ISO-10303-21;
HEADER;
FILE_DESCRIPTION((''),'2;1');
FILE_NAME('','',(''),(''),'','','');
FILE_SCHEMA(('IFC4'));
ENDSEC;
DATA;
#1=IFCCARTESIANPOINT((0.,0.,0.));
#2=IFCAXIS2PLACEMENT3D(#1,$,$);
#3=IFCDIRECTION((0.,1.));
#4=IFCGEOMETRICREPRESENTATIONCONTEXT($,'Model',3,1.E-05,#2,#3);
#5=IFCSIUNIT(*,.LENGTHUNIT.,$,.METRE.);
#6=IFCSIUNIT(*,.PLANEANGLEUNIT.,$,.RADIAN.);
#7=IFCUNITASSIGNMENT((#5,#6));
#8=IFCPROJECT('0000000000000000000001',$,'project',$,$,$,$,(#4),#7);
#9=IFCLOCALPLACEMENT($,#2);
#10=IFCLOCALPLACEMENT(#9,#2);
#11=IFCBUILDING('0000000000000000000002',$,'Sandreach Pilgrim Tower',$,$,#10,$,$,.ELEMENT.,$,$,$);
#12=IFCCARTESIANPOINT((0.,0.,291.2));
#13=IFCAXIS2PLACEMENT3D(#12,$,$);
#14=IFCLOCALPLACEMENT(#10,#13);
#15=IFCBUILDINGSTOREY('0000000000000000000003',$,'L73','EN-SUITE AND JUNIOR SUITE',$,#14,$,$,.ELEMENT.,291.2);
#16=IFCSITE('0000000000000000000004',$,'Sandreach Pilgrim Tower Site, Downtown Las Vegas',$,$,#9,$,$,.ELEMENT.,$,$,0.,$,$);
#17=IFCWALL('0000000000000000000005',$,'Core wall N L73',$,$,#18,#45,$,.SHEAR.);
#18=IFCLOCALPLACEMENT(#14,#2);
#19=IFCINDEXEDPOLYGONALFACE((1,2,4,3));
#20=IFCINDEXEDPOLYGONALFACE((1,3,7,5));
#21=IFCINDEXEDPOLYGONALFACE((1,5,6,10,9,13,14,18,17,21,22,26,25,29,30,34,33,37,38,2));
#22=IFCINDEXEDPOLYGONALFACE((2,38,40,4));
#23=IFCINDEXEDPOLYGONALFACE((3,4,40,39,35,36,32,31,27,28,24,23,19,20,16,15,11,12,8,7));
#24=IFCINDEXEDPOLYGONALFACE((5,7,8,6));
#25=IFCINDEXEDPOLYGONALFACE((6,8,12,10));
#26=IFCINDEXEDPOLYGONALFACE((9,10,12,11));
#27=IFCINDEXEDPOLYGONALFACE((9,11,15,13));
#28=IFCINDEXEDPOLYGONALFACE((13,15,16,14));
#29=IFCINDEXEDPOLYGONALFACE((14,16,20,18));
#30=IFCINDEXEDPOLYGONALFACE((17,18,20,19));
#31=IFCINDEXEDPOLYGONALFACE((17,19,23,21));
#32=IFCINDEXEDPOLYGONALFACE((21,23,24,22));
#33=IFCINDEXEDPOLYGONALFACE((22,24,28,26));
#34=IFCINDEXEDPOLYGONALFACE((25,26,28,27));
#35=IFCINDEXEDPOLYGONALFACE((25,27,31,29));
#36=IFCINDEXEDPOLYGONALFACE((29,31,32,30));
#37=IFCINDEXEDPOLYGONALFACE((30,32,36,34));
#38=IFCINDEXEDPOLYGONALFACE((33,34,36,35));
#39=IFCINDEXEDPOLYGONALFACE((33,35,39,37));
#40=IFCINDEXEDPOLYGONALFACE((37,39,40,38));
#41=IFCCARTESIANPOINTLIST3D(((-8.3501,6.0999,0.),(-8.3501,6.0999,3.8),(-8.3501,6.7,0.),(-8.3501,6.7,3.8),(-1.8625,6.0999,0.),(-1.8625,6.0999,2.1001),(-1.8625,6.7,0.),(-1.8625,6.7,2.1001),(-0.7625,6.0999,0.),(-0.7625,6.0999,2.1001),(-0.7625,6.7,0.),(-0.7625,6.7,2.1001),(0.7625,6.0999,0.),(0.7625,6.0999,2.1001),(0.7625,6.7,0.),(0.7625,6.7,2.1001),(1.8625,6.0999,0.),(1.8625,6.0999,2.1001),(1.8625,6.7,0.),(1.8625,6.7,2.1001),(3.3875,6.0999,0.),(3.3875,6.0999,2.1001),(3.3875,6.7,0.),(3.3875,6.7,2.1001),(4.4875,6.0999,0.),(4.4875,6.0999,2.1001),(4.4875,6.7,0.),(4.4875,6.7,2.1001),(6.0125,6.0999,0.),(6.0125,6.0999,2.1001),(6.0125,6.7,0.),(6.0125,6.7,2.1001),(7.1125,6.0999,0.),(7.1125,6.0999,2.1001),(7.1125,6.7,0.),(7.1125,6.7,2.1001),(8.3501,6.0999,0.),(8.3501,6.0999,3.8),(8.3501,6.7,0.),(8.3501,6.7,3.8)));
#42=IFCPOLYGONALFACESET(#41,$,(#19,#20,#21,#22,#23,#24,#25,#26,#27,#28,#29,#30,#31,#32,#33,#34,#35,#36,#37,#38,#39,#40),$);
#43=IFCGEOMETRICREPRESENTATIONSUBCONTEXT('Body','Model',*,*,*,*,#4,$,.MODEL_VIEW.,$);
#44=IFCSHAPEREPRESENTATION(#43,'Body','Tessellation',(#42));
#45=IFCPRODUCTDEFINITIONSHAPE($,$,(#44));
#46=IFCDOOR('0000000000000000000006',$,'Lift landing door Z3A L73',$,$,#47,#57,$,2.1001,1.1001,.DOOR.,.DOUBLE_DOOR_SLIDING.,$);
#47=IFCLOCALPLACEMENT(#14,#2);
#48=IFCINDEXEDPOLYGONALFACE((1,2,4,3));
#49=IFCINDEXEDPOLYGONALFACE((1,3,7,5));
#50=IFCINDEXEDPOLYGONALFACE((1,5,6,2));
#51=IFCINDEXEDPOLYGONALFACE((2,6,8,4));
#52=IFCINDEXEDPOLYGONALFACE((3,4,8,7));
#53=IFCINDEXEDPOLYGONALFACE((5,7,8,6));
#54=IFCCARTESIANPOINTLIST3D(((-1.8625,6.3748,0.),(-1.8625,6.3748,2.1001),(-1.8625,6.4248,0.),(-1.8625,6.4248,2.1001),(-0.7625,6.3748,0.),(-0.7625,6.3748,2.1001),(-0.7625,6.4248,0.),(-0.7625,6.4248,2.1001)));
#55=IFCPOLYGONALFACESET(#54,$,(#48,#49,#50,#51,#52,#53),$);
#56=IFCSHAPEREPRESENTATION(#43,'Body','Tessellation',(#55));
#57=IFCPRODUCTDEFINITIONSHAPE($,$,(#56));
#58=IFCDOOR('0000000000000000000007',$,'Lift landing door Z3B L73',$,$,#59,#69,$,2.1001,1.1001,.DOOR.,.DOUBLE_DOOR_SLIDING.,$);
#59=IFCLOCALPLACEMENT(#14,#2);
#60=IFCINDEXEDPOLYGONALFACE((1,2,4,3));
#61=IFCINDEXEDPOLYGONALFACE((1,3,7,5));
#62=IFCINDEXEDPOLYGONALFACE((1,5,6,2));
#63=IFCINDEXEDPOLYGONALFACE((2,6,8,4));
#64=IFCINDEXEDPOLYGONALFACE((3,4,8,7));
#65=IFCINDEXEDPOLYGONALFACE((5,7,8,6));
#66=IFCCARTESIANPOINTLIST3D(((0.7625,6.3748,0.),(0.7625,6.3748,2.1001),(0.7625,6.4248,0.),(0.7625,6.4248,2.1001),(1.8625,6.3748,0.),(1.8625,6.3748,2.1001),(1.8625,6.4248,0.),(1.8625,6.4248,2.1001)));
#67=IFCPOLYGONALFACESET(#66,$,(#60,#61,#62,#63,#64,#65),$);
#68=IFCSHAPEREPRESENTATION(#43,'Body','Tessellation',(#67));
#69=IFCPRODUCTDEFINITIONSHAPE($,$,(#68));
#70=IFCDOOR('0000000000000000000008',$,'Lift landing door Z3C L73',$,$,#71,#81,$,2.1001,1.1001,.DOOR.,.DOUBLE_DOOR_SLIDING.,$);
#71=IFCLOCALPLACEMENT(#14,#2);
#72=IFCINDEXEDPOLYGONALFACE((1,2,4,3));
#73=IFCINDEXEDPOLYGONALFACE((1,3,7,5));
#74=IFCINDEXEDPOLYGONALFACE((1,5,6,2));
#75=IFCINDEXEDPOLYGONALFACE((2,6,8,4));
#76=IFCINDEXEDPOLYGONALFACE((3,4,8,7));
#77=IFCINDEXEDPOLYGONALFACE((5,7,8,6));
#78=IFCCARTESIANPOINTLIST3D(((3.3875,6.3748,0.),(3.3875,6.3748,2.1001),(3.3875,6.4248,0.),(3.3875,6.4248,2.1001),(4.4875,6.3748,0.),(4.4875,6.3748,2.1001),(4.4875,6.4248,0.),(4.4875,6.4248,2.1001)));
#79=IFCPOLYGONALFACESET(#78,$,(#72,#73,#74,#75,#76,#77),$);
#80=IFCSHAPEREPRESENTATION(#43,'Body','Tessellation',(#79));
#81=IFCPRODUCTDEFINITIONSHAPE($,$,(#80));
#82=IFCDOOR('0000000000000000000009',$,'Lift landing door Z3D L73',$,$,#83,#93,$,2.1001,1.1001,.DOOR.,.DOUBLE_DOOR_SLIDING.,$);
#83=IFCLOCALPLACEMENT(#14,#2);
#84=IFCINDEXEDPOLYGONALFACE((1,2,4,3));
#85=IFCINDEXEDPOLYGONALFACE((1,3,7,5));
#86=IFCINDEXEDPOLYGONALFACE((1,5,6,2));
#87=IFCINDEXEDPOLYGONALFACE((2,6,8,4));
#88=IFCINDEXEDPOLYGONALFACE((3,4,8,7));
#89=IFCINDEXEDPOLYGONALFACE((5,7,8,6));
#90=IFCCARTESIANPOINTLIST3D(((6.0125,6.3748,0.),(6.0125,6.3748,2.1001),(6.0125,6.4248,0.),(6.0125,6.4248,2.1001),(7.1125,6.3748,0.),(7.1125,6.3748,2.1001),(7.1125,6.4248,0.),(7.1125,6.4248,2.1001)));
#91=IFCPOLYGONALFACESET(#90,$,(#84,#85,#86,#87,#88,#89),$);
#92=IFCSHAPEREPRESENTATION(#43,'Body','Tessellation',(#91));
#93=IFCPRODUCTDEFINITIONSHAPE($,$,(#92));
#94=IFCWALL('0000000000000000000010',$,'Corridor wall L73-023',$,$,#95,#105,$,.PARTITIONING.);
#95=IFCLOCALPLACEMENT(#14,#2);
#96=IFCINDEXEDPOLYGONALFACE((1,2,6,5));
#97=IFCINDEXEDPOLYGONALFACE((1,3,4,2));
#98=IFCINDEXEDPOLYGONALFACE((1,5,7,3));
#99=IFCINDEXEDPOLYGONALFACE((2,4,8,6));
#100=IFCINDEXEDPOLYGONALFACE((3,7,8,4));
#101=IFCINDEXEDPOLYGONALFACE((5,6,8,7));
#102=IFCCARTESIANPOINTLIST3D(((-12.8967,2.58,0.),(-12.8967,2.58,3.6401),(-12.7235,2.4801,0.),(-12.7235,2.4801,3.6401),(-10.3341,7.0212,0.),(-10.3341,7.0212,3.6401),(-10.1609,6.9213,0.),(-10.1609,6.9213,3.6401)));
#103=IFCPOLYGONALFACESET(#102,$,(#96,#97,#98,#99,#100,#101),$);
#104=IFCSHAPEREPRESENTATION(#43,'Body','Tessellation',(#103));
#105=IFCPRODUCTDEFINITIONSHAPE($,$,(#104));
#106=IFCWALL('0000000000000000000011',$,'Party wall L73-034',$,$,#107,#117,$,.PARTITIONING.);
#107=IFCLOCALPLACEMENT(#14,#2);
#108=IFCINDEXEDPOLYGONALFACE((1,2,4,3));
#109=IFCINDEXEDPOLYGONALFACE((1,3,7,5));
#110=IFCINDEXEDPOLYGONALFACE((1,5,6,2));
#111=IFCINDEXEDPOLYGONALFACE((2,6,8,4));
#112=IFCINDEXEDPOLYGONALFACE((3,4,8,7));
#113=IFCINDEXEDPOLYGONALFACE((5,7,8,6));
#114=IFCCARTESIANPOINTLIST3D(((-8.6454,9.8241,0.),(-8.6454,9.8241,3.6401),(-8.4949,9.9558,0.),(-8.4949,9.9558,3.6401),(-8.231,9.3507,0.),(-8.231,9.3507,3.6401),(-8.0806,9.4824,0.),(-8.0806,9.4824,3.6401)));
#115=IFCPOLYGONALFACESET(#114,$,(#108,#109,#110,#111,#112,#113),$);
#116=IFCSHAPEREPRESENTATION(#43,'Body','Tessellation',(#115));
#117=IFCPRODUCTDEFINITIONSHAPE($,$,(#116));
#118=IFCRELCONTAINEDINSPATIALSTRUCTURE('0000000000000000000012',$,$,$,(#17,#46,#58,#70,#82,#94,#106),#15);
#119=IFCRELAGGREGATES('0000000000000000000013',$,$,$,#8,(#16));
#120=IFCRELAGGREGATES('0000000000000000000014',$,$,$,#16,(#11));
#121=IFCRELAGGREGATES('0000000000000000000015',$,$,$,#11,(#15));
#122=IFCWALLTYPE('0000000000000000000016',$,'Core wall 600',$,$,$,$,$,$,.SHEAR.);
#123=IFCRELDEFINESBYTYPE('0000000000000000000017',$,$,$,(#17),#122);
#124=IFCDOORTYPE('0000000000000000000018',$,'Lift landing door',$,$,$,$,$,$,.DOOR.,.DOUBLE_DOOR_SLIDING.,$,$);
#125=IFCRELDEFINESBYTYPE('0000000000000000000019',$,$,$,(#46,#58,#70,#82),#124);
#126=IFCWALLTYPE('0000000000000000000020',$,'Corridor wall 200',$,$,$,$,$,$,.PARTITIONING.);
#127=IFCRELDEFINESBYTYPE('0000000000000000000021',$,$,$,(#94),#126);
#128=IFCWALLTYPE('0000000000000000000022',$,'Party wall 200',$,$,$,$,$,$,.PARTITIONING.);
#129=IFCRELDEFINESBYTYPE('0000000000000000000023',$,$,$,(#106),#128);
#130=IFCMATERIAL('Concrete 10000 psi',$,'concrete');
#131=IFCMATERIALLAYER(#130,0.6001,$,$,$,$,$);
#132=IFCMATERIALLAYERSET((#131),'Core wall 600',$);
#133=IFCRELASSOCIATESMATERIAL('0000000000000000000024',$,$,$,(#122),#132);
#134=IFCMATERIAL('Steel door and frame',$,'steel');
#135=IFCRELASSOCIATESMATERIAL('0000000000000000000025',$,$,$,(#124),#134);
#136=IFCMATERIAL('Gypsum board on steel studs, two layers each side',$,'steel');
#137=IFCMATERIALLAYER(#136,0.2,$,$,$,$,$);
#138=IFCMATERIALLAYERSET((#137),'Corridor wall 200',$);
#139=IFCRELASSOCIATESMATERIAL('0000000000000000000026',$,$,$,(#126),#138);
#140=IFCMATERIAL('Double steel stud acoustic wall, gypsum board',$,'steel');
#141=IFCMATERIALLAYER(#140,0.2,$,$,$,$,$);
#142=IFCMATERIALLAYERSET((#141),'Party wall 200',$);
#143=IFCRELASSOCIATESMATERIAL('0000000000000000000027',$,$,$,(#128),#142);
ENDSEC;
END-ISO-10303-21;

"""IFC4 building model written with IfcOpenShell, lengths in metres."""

from ifc_helpers import new_model, si_unit, direction, frame, frame_2d, origin, place, context, subcontext, project, spatial, rectangle, extrude, material, layer, layer_set, type_object, element, fill, save


model = new_model("IFC4")

# Units and contexts
model_context = context("Model", 3, precision=1e-05, world=origin(), true_north=direction((0.0, 1.0)))
body_context = subcontext(model_context, "Body", "Model", "MODEL_VIEW")
ifc_project = project(units=[si_unit("LENGTHUNIT", "METRE"), si_unit("PLANEANGLEUNIT", "RADIAN")], contexts=[model_context])

# Site, building, storey
site_placement = place(None, origin())
site = spatial("IfcSite", under=ifc_project, at=site_placement, Name="Sandreach Pilgrim Tower Site, Downtown Las Vegas", CompositionType="ELEMENT", RefElevation=0.0)
building_placement = place(site_placement, origin())
building = spatial("IfcBuilding", under=site, at=building_placement, Name="Sandreach Pilgrim Tower", CompositionType="ELEMENT")
storey_placement = place(building_placement, frame((0.0, 0.0, 291.2)))
storey = spatial("IfcBuildingStorey", under=building, at=storey_placement, Name="L73", Description="EN-SUITE AND JUNIOR SUITE", CompositionType="ELEMENT", Elevation=291.2)

# Wall, openings, doors
ifc_material_1 = material(Name="Concrete 10000 psi", Category="concrete")
ifc_layer_1 = layer(ifc_material_1, 0.6001)
ifc_layer_set_1 = layer_set([ifc_layer_1], Name="Core wall 600")
wall_type_1 = type_object("IfcWallType", Name="Core wall 600", PredefinedType="SHEAR", material=ifc_layer_set_1)
wall_1_placement = place(storey_placement, frame((-8.3501, 6.3999, 0.0), z_axis=(0.0, 0.0, 1.0), x_axis=(1.0, 0.0, 0.0)))
wall_1 = element("IfcWall", 1, at=wall_1_placement, inside=storey, type_object=wall_type_1, Name="Core wall N L73", PredefinedType="SHEAR", context=body_context, shape_type="SweptSolid", body=[
    extrude(rectangle(XDim=16.7002, YDim=0.6001, at=frame_2d((8.3501, 0.0))), origin(), (0.0, 0.0, 1.0), 3.8),
])
opening_1_placement = place(wall_1_placement, frame((6.4875, 0.0, 0.0)))
opening_1 = element("IfcOpeningElement", 2, at=opening_1_placement, cuts=wall_1, PredefinedType="OPENING", context=body_context, shape_type="SweptSolid", body=[
    extrude(rectangle(XDim=1.1001, YDim=2.1001, at=frame_2d((0.55, 1.05))), frame((0.0, 0.3, 0.0), z_axis=(0.0, -1.0, 0.0), x_axis=(1.0, 0.0, 0.0)), (0.0, 0.0, 1.0), 0.6001),
])
opening_2_placement = place(wall_1_placement, frame((9.1125, 0.0, 0.0)))
opening_2 = element("IfcOpeningElement", 3, at=opening_2_placement, cuts=wall_1, PredefinedType="OPENING", context=body_context, shape_type="SweptSolid", body=[
    extrude(rectangle(XDim=1.1001, YDim=2.1001, at=frame_2d((0.55, 1.05))), frame((0.0, 0.3, 0.0), z_axis=(0.0, -1.0, 0.0), x_axis=(1.0, 0.0, 0.0)), (0.0, 0.0, 1.0), 0.6001),
])
opening_3_placement = place(wall_1_placement, frame((11.7375, 0.0, 0.0)))
opening_3 = element("IfcOpeningElement", 4, at=opening_3_placement, cuts=wall_1, PredefinedType="OPENING", context=body_context, shape_type="SweptSolid", body=[
    extrude(rectangle(XDim=1.1001, YDim=2.1001, at=frame_2d((0.55, 1.05))), frame((0.0, 0.3, 0.0), z_axis=(0.0, -1.0, 0.0), x_axis=(1.0, 0.0, 0.0)), (0.0, 0.0, 1.0), 0.6001),
])
opening_4_placement = place(wall_1_placement, frame((14.3625, 0.0, 0.0)))
opening_4 = element("IfcOpeningElement", 5, at=opening_4_placement, cuts=wall_1, PredefinedType="OPENING", context=body_context, shape_type="SweptSolid", body=[
    extrude(rectangle(XDim=1.1001, YDim=2.1001, at=frame_2d((0.55, 1.05))), frame((0.0, 0.3, 0.0), z_axis=(0.0, -1.0, 0.0), x_axis=(1.0, 0.0, 0.0)), (0.0, 0.0, 1.0), 0.6001),
])
ifc_material_2 = material(Name="Steel door and frame", Category="steel")
door_type_1 = type_object("IfcDoorType", Name="Lift landing door", OperationType="DOUBLE_DOOR_SLIDING", PredefinedType="DOOR", material=ifc_material_2)
door_1_placement = place(opening_1_placement, origin())
door_1 = element("IfcDoor", 6, at=door_1_placement, inside=storey, type_object=door_type_1, Name="Lift landing door Z3A L73", OperationType="DOUBLE_DOOR_SLIDING", OverallHeight=2.1001, OverallWidth=1.1001, PredefinedType="DOOR", context=body_context, shape_type="SweptSolid", body=[
    extrude(rectangle(XDim=1.1001, YDim=2.1001, at=frame_2d((0.55, 1.05))), frame((0.0, 0.0249, 0.0), z_axis=(0.0, -1.0, 0.0), x_axis=(1.0, 0.0, 0.0)), (0.0, 0.0, 1.0), 0.05),
])
fill(opening_1, door_1)
door_2_placement = place(opening_2_placement, origin())
door_2 = element("IfcDoor", 7, at=door_2_placement, inside=storey, type_object=door_type_1, Name="Lift landing door Z3B L73", OperationType="DOUBLE_DOOR_SLIDING", OverallHeight=2.1001, OverallWidth=1.1001, PredefinedType="DOOR", context=body_context, shape_type="SweptSolid", body=[
    extrude(rectangle(XDim=1.1001, YDim=2.1001, at=frame_2d((0.55, 1.05))), frame((0.0, 0.0249, 0.0), z_axis=(0.0, -1.0, 0.0), x_axis=(1.0, 0.0, 0.0)), (0.0, 0.0, 1.0), 0.05),
])
fill(opening_2, door_2)
door_3_placement = place(opening_3_placement, origin())
door_3 = element("IfcDoor", 8, at=door_3_placement, inside=storey, type_object=door_type_1, Name="Lift landing door Z3C L73", OperationType="DOUBLE_DOOR_SLIDING", OverallHeight=2.1001, OverallWidth=1.1001, PredefinedType="DOOR", context=body_context, shape_type="SweptSolid", body=[
    extrude(rectangle(XDim=1.1001, YDim=2.1001, at=frame_2d((0.55, 1.05))), frame((0.0, 0.0249, 0.0), z_axis=(0.0, -1.0, 0.0), x_axis=(1.0, 0.0, 0.0)), (0.0, 0.0, 1.0), 0.05),
])
fill(opening_3, door_3)
door_4_placement = place(opening_4_placement, origin())
door_4 = element("IfcDoor", 9, at=door_4_placement, inside=storey, type_object=door_type_1, Name="Lift landing door Z3D L73", OperationType="DOUBLE_DOOR_SLIDING", OverallHeight=2.1001, OverallWidth=1.1001, PredefinedType="DOOR", context=body_context, shape_type="SweptSolid", body=[
    extrude(rectangle(XDim=1.1001, YDim=2.1001, at=frame_2d((0.55, 1.05))), frame((0.0, 0.0249, 0.0), z_axis=(0.0, -1.0, 0.0), x_axis=(1.0, 0.0, 0.0)), (0.0, 0.0, 1.0), 0.05),
])
fill(opening_4, door_4)

# Wall
ifc_material_3 = material(Name="Gypsum board on steel studs, two layers each side", Category="steel")
ifc_layer_2 = layer(ifc_material_3, 0.2)
ifc_layer_set_2 = layer_set([ifc_layer_2], Name="Corridor wall 200")
wall_type_2 = type_object("IfcWallType", Name="Corridor wall 200", PredefinedType="PARTITIONING", material=ifc_layer_set_2)
wall_2_placement = place(storey_placement, frame((-12.8101, 2.53, 0.0), z_axis=(0.0, 0.0, 1.0), x_axis=(0.499765, 0.866161, 0.0)))
element("IfcWall", 10, at=wall_2_placement, inside=storey, type_object=wall_type_2, Name="Corridor wall L73-023", PredefinedType="PARTITIONING", context=body_context, shape_type="SweptSolid", body=[
    extrude(rectangle(XDim=5.1274, YDim=0.2, at=frame_2d((2.5637, 0.0))), origin(), (0.0, 0.0, 1.0), 3.6401),
])

# Wall
ifc_material_4 = material(Name="Double steel stud acoustic wall, gypsum board", Category="steel")
ifc_layer_3 = layer(ifc_material_4, 0.2)
ifc_layer_set_3 = layer_set([ifc_layer_3], Name="Party wall 200")
wall_type_3 = type_object("IfcWallType", Name="Party wall 200", PredefinedType="PARTITIONING", material=ifc_layer_set_3)
wall_3_placement = place(storey_placement, frame((-8.5701, 9.8899, 0.0), z_axis=(0.0, 0.0, 1.0), x_axis=(0.658587, -0.752505, 0.0)))
element("IfcWall", 11, at=wall_3_placement, inside=storey, type_object=wall_type_3, Name="Party wall L73-034", PredefinedType="PARTITIONING", context=body_context, shape_type="SweptSolid", body=[
    extrude(rectangle(XDim=0.6292, YDim=0.2, at=frame_2d((0.3145, 0.0))), origin(), (0.0, 0.0, 1.0), 3.6401),
])

save(model, "model.ifc")
